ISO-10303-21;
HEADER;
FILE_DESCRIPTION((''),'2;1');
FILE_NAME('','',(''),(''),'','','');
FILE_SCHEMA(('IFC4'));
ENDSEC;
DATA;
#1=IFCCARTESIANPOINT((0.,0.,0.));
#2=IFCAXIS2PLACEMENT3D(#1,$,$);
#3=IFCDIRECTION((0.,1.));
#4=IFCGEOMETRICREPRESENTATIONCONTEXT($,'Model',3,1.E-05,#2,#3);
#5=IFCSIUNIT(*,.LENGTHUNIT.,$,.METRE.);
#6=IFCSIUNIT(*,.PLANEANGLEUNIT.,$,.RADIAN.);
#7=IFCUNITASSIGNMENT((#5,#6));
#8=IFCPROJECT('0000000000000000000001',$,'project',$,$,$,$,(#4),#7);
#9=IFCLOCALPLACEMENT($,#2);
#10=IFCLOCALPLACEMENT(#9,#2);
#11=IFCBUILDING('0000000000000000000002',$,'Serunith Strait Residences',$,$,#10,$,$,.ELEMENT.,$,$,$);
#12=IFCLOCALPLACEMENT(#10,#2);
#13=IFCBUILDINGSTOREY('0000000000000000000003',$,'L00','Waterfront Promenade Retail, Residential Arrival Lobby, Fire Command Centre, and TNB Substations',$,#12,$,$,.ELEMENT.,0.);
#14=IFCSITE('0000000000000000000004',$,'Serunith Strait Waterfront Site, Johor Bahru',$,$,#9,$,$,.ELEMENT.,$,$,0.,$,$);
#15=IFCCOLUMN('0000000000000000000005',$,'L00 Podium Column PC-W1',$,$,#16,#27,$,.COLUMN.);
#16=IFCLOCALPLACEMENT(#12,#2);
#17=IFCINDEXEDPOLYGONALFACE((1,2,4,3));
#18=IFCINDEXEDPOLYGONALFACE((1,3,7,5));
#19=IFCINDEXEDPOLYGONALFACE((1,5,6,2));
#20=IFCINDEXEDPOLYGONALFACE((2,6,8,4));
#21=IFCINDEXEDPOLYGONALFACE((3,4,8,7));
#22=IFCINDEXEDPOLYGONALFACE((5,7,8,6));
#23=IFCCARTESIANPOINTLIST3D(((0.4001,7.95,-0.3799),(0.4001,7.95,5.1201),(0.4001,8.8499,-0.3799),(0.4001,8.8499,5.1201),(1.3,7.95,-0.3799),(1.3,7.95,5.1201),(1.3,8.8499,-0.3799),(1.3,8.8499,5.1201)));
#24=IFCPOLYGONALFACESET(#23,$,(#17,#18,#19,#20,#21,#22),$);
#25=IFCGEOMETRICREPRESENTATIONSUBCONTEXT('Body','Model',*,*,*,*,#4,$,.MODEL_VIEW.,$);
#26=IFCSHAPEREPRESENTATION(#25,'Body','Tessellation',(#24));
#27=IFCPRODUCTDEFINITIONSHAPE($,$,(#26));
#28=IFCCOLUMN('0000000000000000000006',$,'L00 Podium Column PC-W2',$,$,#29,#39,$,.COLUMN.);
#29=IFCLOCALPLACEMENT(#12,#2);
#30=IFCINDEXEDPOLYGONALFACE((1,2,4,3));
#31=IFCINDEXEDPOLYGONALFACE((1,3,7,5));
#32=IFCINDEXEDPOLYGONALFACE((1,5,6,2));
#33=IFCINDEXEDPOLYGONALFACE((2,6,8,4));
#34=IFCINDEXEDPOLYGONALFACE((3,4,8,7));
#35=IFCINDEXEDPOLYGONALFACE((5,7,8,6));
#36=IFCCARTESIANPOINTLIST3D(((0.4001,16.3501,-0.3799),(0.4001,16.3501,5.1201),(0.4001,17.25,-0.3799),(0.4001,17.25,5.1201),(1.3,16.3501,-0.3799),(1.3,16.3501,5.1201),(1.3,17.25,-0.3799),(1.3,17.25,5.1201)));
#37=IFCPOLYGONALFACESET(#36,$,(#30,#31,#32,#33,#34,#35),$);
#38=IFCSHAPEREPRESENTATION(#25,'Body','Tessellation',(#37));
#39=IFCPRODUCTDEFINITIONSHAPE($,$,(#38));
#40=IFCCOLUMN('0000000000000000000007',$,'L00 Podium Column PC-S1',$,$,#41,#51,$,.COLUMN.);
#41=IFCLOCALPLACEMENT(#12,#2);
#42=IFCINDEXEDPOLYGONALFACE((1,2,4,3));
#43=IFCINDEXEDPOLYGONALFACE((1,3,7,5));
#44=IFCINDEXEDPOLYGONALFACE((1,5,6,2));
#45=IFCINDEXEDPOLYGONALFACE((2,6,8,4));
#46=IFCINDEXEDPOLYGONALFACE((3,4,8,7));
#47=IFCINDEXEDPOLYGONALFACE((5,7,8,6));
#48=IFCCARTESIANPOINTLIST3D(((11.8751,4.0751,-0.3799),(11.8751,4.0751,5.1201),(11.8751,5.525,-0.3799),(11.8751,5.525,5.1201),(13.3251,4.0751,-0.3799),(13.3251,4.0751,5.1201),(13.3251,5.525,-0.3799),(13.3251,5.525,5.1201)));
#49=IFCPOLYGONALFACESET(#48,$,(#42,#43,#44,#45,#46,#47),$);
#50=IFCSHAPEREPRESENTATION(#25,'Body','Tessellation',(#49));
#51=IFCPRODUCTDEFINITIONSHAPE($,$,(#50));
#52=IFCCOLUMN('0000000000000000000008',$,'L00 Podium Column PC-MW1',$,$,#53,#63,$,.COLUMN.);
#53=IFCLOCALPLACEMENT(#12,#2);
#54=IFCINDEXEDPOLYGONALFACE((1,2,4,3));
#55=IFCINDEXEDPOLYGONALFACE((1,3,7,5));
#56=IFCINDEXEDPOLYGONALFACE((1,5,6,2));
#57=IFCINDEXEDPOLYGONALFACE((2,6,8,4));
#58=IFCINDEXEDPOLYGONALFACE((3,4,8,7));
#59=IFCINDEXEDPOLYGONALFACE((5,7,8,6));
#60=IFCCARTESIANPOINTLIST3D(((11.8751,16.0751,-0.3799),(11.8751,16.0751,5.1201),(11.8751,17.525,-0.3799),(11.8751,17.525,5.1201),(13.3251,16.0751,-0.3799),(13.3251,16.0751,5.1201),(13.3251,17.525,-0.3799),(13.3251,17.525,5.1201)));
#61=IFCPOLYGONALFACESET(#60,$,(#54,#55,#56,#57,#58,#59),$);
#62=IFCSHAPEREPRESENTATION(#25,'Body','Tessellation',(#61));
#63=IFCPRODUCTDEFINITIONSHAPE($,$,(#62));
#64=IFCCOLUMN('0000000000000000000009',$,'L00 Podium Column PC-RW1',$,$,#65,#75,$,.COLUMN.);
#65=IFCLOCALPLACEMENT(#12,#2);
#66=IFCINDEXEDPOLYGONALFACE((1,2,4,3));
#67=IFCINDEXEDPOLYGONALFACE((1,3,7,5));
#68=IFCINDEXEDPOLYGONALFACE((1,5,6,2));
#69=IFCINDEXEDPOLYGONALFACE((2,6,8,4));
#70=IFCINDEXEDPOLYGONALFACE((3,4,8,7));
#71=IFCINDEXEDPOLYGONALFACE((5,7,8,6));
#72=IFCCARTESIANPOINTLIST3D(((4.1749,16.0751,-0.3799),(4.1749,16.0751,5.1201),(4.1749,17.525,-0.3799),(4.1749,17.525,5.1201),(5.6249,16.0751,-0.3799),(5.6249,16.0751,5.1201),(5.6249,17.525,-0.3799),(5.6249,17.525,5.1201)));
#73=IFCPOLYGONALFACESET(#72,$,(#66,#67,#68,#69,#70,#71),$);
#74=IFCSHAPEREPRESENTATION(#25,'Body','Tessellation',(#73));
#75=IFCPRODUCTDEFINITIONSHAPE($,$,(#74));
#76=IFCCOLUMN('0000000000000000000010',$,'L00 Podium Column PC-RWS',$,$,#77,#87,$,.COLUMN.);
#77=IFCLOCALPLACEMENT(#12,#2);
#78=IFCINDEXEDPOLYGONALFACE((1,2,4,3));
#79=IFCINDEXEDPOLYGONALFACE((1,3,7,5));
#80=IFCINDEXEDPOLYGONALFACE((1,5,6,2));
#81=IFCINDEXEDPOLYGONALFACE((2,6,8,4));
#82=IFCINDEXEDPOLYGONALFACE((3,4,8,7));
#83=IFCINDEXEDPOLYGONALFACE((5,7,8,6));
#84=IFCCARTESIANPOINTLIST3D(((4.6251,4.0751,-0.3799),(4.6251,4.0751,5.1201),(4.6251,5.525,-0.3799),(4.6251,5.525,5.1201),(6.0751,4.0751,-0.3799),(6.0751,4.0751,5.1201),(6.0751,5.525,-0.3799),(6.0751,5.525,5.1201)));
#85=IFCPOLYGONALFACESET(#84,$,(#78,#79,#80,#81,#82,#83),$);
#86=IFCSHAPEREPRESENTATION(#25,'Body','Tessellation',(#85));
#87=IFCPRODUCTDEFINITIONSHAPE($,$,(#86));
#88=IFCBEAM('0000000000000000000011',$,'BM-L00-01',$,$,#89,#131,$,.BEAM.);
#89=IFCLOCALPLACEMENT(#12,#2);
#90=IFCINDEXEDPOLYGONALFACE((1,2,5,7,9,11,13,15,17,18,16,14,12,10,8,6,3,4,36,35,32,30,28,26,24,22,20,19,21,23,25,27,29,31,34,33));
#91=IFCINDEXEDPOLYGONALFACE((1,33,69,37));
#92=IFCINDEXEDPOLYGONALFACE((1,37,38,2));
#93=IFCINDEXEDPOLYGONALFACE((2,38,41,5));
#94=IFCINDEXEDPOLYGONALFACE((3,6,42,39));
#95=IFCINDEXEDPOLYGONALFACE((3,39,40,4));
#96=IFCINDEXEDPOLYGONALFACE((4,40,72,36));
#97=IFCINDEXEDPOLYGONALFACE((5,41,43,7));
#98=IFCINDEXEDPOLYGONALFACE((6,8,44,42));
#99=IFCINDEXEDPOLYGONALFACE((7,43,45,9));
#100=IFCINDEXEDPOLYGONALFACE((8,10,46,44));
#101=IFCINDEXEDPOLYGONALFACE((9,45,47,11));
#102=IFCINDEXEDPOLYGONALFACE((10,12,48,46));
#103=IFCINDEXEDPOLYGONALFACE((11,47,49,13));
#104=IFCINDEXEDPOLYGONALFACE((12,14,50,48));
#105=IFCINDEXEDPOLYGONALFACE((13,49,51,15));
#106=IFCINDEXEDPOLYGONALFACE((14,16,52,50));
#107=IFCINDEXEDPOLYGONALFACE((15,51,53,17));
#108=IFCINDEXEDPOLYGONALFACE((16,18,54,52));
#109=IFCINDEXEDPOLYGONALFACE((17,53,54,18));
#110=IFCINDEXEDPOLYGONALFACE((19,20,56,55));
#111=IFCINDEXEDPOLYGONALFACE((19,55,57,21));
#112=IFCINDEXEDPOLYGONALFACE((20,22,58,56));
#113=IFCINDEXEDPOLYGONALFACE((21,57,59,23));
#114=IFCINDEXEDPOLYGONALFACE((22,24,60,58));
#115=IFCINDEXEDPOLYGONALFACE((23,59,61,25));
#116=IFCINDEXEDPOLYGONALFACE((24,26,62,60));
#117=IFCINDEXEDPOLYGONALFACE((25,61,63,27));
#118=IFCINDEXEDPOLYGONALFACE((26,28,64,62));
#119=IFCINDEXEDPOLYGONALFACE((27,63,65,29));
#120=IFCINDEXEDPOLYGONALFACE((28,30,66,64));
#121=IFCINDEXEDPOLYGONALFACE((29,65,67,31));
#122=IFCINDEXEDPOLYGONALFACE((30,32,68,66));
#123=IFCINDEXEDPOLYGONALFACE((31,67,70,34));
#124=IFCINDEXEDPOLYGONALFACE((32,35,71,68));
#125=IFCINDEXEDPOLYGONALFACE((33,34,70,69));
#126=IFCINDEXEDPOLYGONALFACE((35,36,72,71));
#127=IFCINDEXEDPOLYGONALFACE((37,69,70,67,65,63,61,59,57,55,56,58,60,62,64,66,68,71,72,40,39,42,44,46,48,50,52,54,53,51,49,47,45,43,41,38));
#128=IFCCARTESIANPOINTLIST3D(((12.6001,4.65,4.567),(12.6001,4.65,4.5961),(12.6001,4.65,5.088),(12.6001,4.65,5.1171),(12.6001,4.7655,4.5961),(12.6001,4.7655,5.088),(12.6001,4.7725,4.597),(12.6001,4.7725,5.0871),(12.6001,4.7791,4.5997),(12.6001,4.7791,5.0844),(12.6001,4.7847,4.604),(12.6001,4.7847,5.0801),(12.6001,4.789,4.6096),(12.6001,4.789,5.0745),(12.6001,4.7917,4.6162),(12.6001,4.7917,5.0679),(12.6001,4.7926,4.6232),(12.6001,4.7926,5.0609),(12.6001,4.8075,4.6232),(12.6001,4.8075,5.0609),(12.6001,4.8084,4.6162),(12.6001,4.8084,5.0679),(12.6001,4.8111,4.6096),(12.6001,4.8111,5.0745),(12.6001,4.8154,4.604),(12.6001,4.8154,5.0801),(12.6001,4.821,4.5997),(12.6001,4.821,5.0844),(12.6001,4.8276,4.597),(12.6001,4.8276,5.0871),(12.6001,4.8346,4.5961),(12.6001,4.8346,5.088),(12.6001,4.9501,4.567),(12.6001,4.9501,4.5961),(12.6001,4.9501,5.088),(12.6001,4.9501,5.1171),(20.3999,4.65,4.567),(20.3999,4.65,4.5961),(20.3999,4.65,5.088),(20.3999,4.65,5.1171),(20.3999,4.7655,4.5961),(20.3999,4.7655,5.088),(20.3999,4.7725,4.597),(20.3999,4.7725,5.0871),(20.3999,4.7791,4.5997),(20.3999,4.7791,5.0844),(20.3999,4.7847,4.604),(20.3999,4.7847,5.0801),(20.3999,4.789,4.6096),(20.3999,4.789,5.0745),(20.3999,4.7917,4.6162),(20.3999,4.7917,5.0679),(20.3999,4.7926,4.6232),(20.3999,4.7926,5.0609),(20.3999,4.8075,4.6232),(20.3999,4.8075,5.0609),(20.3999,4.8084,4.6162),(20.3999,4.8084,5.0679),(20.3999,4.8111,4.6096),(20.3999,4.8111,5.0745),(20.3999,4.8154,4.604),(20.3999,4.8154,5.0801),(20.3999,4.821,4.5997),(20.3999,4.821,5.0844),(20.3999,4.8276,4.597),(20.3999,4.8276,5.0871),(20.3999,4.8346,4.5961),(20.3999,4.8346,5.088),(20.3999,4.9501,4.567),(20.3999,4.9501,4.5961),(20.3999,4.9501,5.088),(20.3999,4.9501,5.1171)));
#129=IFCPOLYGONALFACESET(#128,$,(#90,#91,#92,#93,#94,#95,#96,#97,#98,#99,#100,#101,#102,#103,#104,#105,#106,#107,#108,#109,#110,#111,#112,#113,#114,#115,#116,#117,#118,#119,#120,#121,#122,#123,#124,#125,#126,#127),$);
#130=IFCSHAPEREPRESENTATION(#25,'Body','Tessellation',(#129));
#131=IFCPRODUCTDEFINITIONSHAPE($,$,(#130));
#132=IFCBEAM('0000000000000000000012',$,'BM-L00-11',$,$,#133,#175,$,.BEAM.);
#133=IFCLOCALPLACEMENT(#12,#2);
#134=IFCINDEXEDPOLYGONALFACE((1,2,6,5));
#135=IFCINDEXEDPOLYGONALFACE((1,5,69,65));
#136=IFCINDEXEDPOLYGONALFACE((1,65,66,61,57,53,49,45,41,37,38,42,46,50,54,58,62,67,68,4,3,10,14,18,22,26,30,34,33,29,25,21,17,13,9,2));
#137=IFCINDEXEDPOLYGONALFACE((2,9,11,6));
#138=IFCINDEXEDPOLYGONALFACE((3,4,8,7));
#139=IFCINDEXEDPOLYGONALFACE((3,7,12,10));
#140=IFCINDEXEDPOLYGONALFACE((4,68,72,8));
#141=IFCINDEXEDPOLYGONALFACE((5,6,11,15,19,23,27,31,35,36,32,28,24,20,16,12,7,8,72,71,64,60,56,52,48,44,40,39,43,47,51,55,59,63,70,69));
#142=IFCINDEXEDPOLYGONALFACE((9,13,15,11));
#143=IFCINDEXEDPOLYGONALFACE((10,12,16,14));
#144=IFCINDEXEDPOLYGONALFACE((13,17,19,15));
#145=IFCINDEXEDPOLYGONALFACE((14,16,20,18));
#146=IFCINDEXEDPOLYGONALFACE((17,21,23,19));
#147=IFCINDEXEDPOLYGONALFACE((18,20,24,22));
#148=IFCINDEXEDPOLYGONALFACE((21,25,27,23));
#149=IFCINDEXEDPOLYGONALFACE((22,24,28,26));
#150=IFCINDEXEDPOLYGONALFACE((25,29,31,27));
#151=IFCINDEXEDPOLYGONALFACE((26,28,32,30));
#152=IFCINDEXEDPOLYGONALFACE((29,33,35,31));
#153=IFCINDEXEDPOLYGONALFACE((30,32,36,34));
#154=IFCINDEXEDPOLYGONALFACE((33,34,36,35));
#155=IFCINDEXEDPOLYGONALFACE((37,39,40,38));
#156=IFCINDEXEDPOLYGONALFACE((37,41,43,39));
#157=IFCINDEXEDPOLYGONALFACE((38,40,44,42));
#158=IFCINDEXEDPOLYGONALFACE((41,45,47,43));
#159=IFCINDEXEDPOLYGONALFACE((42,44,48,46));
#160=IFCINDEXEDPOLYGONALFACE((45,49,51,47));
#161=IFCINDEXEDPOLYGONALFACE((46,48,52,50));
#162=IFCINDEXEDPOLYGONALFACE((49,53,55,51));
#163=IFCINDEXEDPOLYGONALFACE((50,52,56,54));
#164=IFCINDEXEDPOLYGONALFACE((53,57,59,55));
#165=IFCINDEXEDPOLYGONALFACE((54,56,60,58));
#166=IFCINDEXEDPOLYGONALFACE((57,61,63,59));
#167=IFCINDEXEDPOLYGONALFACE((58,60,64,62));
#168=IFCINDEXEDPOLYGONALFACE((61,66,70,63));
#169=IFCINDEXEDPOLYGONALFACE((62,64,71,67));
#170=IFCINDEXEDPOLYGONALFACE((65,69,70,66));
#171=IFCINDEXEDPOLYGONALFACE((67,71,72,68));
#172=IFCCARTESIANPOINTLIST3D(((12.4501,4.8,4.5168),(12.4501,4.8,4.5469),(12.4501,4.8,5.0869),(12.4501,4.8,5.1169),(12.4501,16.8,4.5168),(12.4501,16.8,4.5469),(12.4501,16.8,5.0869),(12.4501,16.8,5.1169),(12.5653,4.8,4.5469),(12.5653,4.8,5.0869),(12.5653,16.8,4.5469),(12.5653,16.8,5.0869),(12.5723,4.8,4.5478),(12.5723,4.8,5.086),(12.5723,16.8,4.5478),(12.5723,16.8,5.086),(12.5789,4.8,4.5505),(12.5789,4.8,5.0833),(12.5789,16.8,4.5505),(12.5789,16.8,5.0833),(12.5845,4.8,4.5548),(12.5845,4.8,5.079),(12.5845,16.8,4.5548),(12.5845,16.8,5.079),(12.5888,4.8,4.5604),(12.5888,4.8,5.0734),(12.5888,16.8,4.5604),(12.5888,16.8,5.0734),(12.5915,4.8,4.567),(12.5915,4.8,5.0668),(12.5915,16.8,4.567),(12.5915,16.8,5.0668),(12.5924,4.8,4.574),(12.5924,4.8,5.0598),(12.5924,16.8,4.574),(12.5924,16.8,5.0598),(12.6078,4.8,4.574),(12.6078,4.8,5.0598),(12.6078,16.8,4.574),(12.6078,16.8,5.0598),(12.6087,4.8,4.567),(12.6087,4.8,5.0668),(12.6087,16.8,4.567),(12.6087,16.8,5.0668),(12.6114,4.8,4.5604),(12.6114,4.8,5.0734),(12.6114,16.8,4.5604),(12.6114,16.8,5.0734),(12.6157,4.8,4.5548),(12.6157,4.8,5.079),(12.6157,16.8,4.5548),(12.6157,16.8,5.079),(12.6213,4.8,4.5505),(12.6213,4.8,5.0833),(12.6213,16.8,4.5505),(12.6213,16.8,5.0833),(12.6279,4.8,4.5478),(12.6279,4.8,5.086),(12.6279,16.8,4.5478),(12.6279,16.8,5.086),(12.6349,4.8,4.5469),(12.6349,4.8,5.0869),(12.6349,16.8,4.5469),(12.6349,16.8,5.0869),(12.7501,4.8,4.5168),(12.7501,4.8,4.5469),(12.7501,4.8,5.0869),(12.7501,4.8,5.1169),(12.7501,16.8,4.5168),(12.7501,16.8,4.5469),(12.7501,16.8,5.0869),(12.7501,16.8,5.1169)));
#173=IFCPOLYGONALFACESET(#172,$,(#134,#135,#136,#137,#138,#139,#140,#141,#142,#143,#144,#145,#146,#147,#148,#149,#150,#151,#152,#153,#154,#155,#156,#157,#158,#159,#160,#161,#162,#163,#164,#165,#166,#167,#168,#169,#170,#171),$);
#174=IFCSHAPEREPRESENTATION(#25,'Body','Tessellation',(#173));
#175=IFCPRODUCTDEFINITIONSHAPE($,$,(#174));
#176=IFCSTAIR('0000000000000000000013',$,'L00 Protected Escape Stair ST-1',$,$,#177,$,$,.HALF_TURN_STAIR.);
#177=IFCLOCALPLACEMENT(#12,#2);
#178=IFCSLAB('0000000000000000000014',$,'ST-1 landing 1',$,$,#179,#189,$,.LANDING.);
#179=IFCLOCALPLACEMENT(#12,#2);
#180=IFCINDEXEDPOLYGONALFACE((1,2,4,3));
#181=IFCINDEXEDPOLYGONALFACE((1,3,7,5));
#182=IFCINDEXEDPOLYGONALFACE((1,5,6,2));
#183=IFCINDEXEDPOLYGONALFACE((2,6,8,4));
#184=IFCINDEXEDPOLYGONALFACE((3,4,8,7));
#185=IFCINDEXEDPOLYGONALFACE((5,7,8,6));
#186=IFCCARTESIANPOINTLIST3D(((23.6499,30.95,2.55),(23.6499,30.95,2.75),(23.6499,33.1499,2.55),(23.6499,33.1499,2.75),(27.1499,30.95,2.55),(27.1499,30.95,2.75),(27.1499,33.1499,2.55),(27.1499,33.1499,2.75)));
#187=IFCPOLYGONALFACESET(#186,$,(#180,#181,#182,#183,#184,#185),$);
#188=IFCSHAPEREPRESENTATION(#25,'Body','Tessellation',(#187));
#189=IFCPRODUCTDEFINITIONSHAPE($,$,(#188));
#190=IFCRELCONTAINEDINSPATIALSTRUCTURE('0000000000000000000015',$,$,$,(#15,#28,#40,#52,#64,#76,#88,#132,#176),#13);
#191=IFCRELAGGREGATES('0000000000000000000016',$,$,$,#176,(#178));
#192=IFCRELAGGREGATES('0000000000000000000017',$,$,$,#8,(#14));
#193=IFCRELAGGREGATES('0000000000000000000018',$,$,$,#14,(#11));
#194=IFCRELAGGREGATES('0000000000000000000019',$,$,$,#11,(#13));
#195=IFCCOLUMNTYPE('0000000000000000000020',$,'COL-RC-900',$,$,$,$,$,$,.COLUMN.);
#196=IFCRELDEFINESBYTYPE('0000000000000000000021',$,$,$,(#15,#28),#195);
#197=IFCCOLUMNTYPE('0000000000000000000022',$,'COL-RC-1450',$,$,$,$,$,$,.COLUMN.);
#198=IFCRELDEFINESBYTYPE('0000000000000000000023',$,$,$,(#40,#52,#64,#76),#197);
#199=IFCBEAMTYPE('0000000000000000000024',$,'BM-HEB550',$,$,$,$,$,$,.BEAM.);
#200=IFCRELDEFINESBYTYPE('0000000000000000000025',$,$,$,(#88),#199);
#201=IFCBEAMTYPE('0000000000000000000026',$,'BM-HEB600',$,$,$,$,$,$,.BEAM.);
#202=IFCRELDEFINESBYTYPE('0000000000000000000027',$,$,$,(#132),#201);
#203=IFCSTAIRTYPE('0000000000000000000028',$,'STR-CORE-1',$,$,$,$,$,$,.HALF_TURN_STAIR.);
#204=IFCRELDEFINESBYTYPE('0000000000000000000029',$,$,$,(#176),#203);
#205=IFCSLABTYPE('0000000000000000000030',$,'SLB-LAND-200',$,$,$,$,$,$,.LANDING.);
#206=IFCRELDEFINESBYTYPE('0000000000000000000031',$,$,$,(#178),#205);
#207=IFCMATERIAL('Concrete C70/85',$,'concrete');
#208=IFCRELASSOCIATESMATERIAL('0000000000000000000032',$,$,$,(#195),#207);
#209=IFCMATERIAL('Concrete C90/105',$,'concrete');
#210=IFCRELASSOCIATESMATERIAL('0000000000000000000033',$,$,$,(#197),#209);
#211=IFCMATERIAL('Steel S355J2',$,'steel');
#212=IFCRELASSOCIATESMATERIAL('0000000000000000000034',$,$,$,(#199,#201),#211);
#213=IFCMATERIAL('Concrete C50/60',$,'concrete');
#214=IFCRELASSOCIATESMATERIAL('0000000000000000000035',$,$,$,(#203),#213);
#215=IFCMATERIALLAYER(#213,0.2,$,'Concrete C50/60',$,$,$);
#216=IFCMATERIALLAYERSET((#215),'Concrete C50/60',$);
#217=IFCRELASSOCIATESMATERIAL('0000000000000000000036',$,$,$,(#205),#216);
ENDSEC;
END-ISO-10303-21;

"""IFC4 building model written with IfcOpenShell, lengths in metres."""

from ifc_helpers import new_model, si_unit, direction, frame, origin, origin_2d, place, context, subcontext, project, spatial, polyline, rectangle, i_section, outline, extrude, source, transform, mapped, material, layer, layer_set, material_profile, profile_set, type_object, element, aggregate, save


model = new_model("IFC4")

# Units and contexts
model_context = context("Model", 3, precision=1e-05, world=origin(), true_north=direction((0.0, 1.0)))
body_context = subcontext(model_context, "Body", "Model", "MODEL_VIEW")
ifc_project = project(units=[si_unit("LENGTHUNIT", "METRE"), si_unit("PLANEANGLEUNIT", "RADIAN")], contexts=[model_context])

# Site, building, storey
site_placement = place(None, origin())
site = spatial("IfcSite", under=ifc_project, at=site_placement, Name="Serunith Strait Waterfront Site, Johor Bahru", CompositionType="ELEMENT", RefElevation=0.0)
building_placement = place(site_placement, origin())
building = spatial("IfcBuilding", under=site, at=building_placement, Name="Serunith Strait Residences", CompositionType="ELEMENT")
storey_placement = place(building_placement, origin())
storey = spatial("IfcBuildingStorey", under=building, at=storey_placement, Name="L00", Description="Waterfront Promenade Retail, Residential Arrival Lobby, Fire Command Centre, and TNB Substations", CompositionType="ELEMENT", Elevation=0.0)

# Columns
ifc_material_1 = material(Name="Concrete C70/85", Category="concrete")
ifc_material_profile_1 = material_profile(ifc_material_1, rectangle(XDim=0.8999, YDim=0.8999, at=origin_2d()), Name="RC 900x900")
ifc_profile_set_1 = profile_set([ifc_material_profile_1], Name="Concrete C70/85")
column_type_1 = type_object("IfcColumnType", Name="COL-RC-900", PredefinedType="COLUMN", material=ifc_profile_set_1)
shared_shape_1 = source(origin(), body_context, "Body", "SweptSolid", [
    extrude(rectangle(XDim=0.8999, YDim=0.8999, at=origin_2d()), origin(), (0.0, 0.0, 1.0), 5.5),
])
for number, where, z_axis, x_axis, name in (
    (1, (0.8501, 8.3999, -0.3799), (0.0, 0.0, 1.0), (1.0, 0.0, 0.0), "L00 Podium Column PC-W1"),
    (2, (0.8501, 16.8, -0.3799), (0.0, 0.0, 1.0), (1.0, 0.0, 0.0), "L00 Podium Column PC-W2"),
):
    element("IfcColumn", number, at=place(storey_placement, frame(where, z_axis=z_axis, x_axis=x_axis)), inside=storey, type_object=column_type_1, Name=name, PredefinedType="COLUMN", context=body_context, shape_type="MappedRepresentation", body=[
        mapped(shared_shape_1, transform((0.0, 0.0, 0.0), scale=1.0)),
    ])
ifc_material_2 = material(Name="Concrete C90/105", Category="concrete")
ifc_material_profile_2 = material_profile(ifc_material_2, rectangle(XDim=1.45, YDim=1.45, at=origin_2d()), Name="RC 1450x1450")
ifc_profile_set_2 = profile_set([ifc_material_profile_2], Name="Concrete C90/105")
column_type_2 = type_object("IfcColumnType", Name="COL-RC-1450", PredefinedType="COLUMN", material=ifc_profile_set_2)
shared_shape_2 = source(origin(), body_context, "Body", "SweptSolid", [
    extrude(rectangle(XDim=1.45, YDim=1.45, at=origin_2d()), origin(), (0.0, 0.0, 1.0), 5.5),
])
for number, where, z_axis, x_axis, name in (
    (3, (12.6001, 4.8, -0.3799), (0.0, 0.0, 1.0), (1.0, 0.0, 0.0), "L00 Podium Column PC-S1"),
    (4, (12.6001, 16.8, -0.3799), (0.0, 0.0, 1.0), (1.0, 0.0, 0.0), "L00 Podium Column PC-MW1"),
    (5, (4.8999, 16.8, -0.3799), (0.0, 0.0, 1.0), (1.0, 0.0, 0.0), "L00 Podium Column PC-RW1"),
    (6, (5.3501, 4.8, -0.3799), (0.0, 0.0, 1.0), (1.0, 0.0, 0.0), "L00 Podium Column PC-RWS"),
):
    element("IfcColumn", number, at=place(storey_placement, frame(where, z_axis=z_axis, x_axis=x_axis)), inside=storey, type_object=column_type_2, Name=name, PredefinedType="COLUMN", context=body_context, shape_type="MappedRepresentation", body=[
        mapped(shared_shape_2, transform((0.0, 0.0, 0.0), scale=1.0)),
    ])

# Beams
ifc_material_3 = material(Name="Steel S355J2", Category="steel")
ifc_material_profile_3 = material_profile(ifc_material_3, i_section(OverallWidth=0.3, OverallDepth=0.55, WebThickness=0.0149, FlangeThickness=0.0291, FilletRadius=0.0271, at=origin_2d()), Name="HEB 550")
ifc_profile_set_3 = profile_set([ifc_material_profile_3], Name="Steel S355J2")
beam_type_1 = type_object("IfcBeamType", Name="BM-HEB550", PredefinedType="BEAM", material=ifc_profile_set_3)
shared_shape_3 = source(origin(), body_context, "Body", "SweptSolid", [
    extrude(i_section(OverallWidth=0.3, OverallDepth=0.55, WebThickness=0.0149, FlangeThickness=0.0291, FilletRadius=0.0271, at=origin_2d()), origin(), (0.0, 0.0, 1.0), 7.7998),
])
beam_1_placement = place(storey_placement, frame((12.6001, 4.8, 4.842), z_axis=(1.0, 0.0, 0.0), x_axis=(0.0, 1.0, 0.0)))
element("IfcBeam", 7, at=beam_1_placement, inside=storey, type_object=beam_type_1, Name="BM-L00-01", PredefinedType="BEAM", context=body_context, shape_type="MappedRepresentation", body=[
    mapped(shared_shape_3, transform((0.0, 0.0, 0.0), scale=1.0)),
])
ifc_material_profile_4 = material_profile(ifc_material_3, i_section(OverallWidth=0.3, OverallDepth=0.6001, WebThickness=0.0154, FlangeThickness=0.03, FilletRadius=0.0271, at=origin_2d()), Name="HEB 600")
ifc_profile_set_4 = profile_set([ifc_material_profile_4], Name="Steel S355J2")
beam_type_2 = type_object("IfcBeamType", Name="BM-HEB600", PredefinedType="BEAM", material=ifc_profile_set_4)
shared_shape_4 = source(origin(), body_context, "Body", "SweptSolid", [
    extrude(i_section(OverallWidth=0.3, OverallDepth=0.6001, WebThickness=0.0154, FlangeThickness=0.03, FilletRadius=0.0271, at=origin_2d()), origin(), (0.0, 0.0, 1.0), 12.0),
])
beam_2_placement = place(storey_placement, frame((12.6001, 4.8, 4.8169), z_axis=(0.0, 1.0, 0.0), x_axis=(-1.0, 0.0, 0.0)))
element("IfcBeam", 8, at=beam_2_placement, inside=storey, type_object=beam_type_2, Name="BM-L00-11", PredefinedType="BEAM", context=body_context, shape_type="MappedRepresentation", body=[
    mapped(shared_shape_4, transform((0.0, 0.0, 0.0), scale=1.0)),
])

# Stair, slab
ifc_material_4 = material(Name="Concrete C50/60", Category="concrete")
stair_type_1 = type_object("IfcStairType", Name="STR-CORE-1", PredefinedType="HALF_TURN_STAIR", material=ifc_material_4)
stair_1_placement = place(storey_placement, origin())
stair_1 = element("IfcStair", 9, at=stair_1_placement, inside=storey, type_object=stair_type_1, Name="L00 Protected Escape Stair ST-1", PredefinedType="HALF_TURN_STAIR")
ifc_layer_1 = layer(ifc_material_4, 0.2, Name="Concrete C50/60")
ifc_layer_set_1 = layer_set([ifc_layer_1], Name="Concrete C50/60")
slab_type_1 = type_object("IfcSlabType", Name="SLB-LAND-200", PredefinedType="LANDING", material=ifc_layer_set_1)
slab_1_placement = place(storey_placement, frame((0.0, 0.0, 2.55)))
slab_1 = element("IfcSlab", 10, at=slab_1_placement, type_object=slab_type_1, Name="ST-1 landing 1", PredefinedType="LANDING", context=body_context, shape_type="SweptSolid", body=[
    extrude(outline(polyline([(27.1499, 30.95), (27.1499, 33.1499), (23.6499, 33.1499), (23.6499, 30.95), (27.1499, 30.95)])), origin(), (0.0, 0.0, 1.0), 0.2),
])
aggregate(stair_1, [slab_1])

save(model, "model.ifc")
